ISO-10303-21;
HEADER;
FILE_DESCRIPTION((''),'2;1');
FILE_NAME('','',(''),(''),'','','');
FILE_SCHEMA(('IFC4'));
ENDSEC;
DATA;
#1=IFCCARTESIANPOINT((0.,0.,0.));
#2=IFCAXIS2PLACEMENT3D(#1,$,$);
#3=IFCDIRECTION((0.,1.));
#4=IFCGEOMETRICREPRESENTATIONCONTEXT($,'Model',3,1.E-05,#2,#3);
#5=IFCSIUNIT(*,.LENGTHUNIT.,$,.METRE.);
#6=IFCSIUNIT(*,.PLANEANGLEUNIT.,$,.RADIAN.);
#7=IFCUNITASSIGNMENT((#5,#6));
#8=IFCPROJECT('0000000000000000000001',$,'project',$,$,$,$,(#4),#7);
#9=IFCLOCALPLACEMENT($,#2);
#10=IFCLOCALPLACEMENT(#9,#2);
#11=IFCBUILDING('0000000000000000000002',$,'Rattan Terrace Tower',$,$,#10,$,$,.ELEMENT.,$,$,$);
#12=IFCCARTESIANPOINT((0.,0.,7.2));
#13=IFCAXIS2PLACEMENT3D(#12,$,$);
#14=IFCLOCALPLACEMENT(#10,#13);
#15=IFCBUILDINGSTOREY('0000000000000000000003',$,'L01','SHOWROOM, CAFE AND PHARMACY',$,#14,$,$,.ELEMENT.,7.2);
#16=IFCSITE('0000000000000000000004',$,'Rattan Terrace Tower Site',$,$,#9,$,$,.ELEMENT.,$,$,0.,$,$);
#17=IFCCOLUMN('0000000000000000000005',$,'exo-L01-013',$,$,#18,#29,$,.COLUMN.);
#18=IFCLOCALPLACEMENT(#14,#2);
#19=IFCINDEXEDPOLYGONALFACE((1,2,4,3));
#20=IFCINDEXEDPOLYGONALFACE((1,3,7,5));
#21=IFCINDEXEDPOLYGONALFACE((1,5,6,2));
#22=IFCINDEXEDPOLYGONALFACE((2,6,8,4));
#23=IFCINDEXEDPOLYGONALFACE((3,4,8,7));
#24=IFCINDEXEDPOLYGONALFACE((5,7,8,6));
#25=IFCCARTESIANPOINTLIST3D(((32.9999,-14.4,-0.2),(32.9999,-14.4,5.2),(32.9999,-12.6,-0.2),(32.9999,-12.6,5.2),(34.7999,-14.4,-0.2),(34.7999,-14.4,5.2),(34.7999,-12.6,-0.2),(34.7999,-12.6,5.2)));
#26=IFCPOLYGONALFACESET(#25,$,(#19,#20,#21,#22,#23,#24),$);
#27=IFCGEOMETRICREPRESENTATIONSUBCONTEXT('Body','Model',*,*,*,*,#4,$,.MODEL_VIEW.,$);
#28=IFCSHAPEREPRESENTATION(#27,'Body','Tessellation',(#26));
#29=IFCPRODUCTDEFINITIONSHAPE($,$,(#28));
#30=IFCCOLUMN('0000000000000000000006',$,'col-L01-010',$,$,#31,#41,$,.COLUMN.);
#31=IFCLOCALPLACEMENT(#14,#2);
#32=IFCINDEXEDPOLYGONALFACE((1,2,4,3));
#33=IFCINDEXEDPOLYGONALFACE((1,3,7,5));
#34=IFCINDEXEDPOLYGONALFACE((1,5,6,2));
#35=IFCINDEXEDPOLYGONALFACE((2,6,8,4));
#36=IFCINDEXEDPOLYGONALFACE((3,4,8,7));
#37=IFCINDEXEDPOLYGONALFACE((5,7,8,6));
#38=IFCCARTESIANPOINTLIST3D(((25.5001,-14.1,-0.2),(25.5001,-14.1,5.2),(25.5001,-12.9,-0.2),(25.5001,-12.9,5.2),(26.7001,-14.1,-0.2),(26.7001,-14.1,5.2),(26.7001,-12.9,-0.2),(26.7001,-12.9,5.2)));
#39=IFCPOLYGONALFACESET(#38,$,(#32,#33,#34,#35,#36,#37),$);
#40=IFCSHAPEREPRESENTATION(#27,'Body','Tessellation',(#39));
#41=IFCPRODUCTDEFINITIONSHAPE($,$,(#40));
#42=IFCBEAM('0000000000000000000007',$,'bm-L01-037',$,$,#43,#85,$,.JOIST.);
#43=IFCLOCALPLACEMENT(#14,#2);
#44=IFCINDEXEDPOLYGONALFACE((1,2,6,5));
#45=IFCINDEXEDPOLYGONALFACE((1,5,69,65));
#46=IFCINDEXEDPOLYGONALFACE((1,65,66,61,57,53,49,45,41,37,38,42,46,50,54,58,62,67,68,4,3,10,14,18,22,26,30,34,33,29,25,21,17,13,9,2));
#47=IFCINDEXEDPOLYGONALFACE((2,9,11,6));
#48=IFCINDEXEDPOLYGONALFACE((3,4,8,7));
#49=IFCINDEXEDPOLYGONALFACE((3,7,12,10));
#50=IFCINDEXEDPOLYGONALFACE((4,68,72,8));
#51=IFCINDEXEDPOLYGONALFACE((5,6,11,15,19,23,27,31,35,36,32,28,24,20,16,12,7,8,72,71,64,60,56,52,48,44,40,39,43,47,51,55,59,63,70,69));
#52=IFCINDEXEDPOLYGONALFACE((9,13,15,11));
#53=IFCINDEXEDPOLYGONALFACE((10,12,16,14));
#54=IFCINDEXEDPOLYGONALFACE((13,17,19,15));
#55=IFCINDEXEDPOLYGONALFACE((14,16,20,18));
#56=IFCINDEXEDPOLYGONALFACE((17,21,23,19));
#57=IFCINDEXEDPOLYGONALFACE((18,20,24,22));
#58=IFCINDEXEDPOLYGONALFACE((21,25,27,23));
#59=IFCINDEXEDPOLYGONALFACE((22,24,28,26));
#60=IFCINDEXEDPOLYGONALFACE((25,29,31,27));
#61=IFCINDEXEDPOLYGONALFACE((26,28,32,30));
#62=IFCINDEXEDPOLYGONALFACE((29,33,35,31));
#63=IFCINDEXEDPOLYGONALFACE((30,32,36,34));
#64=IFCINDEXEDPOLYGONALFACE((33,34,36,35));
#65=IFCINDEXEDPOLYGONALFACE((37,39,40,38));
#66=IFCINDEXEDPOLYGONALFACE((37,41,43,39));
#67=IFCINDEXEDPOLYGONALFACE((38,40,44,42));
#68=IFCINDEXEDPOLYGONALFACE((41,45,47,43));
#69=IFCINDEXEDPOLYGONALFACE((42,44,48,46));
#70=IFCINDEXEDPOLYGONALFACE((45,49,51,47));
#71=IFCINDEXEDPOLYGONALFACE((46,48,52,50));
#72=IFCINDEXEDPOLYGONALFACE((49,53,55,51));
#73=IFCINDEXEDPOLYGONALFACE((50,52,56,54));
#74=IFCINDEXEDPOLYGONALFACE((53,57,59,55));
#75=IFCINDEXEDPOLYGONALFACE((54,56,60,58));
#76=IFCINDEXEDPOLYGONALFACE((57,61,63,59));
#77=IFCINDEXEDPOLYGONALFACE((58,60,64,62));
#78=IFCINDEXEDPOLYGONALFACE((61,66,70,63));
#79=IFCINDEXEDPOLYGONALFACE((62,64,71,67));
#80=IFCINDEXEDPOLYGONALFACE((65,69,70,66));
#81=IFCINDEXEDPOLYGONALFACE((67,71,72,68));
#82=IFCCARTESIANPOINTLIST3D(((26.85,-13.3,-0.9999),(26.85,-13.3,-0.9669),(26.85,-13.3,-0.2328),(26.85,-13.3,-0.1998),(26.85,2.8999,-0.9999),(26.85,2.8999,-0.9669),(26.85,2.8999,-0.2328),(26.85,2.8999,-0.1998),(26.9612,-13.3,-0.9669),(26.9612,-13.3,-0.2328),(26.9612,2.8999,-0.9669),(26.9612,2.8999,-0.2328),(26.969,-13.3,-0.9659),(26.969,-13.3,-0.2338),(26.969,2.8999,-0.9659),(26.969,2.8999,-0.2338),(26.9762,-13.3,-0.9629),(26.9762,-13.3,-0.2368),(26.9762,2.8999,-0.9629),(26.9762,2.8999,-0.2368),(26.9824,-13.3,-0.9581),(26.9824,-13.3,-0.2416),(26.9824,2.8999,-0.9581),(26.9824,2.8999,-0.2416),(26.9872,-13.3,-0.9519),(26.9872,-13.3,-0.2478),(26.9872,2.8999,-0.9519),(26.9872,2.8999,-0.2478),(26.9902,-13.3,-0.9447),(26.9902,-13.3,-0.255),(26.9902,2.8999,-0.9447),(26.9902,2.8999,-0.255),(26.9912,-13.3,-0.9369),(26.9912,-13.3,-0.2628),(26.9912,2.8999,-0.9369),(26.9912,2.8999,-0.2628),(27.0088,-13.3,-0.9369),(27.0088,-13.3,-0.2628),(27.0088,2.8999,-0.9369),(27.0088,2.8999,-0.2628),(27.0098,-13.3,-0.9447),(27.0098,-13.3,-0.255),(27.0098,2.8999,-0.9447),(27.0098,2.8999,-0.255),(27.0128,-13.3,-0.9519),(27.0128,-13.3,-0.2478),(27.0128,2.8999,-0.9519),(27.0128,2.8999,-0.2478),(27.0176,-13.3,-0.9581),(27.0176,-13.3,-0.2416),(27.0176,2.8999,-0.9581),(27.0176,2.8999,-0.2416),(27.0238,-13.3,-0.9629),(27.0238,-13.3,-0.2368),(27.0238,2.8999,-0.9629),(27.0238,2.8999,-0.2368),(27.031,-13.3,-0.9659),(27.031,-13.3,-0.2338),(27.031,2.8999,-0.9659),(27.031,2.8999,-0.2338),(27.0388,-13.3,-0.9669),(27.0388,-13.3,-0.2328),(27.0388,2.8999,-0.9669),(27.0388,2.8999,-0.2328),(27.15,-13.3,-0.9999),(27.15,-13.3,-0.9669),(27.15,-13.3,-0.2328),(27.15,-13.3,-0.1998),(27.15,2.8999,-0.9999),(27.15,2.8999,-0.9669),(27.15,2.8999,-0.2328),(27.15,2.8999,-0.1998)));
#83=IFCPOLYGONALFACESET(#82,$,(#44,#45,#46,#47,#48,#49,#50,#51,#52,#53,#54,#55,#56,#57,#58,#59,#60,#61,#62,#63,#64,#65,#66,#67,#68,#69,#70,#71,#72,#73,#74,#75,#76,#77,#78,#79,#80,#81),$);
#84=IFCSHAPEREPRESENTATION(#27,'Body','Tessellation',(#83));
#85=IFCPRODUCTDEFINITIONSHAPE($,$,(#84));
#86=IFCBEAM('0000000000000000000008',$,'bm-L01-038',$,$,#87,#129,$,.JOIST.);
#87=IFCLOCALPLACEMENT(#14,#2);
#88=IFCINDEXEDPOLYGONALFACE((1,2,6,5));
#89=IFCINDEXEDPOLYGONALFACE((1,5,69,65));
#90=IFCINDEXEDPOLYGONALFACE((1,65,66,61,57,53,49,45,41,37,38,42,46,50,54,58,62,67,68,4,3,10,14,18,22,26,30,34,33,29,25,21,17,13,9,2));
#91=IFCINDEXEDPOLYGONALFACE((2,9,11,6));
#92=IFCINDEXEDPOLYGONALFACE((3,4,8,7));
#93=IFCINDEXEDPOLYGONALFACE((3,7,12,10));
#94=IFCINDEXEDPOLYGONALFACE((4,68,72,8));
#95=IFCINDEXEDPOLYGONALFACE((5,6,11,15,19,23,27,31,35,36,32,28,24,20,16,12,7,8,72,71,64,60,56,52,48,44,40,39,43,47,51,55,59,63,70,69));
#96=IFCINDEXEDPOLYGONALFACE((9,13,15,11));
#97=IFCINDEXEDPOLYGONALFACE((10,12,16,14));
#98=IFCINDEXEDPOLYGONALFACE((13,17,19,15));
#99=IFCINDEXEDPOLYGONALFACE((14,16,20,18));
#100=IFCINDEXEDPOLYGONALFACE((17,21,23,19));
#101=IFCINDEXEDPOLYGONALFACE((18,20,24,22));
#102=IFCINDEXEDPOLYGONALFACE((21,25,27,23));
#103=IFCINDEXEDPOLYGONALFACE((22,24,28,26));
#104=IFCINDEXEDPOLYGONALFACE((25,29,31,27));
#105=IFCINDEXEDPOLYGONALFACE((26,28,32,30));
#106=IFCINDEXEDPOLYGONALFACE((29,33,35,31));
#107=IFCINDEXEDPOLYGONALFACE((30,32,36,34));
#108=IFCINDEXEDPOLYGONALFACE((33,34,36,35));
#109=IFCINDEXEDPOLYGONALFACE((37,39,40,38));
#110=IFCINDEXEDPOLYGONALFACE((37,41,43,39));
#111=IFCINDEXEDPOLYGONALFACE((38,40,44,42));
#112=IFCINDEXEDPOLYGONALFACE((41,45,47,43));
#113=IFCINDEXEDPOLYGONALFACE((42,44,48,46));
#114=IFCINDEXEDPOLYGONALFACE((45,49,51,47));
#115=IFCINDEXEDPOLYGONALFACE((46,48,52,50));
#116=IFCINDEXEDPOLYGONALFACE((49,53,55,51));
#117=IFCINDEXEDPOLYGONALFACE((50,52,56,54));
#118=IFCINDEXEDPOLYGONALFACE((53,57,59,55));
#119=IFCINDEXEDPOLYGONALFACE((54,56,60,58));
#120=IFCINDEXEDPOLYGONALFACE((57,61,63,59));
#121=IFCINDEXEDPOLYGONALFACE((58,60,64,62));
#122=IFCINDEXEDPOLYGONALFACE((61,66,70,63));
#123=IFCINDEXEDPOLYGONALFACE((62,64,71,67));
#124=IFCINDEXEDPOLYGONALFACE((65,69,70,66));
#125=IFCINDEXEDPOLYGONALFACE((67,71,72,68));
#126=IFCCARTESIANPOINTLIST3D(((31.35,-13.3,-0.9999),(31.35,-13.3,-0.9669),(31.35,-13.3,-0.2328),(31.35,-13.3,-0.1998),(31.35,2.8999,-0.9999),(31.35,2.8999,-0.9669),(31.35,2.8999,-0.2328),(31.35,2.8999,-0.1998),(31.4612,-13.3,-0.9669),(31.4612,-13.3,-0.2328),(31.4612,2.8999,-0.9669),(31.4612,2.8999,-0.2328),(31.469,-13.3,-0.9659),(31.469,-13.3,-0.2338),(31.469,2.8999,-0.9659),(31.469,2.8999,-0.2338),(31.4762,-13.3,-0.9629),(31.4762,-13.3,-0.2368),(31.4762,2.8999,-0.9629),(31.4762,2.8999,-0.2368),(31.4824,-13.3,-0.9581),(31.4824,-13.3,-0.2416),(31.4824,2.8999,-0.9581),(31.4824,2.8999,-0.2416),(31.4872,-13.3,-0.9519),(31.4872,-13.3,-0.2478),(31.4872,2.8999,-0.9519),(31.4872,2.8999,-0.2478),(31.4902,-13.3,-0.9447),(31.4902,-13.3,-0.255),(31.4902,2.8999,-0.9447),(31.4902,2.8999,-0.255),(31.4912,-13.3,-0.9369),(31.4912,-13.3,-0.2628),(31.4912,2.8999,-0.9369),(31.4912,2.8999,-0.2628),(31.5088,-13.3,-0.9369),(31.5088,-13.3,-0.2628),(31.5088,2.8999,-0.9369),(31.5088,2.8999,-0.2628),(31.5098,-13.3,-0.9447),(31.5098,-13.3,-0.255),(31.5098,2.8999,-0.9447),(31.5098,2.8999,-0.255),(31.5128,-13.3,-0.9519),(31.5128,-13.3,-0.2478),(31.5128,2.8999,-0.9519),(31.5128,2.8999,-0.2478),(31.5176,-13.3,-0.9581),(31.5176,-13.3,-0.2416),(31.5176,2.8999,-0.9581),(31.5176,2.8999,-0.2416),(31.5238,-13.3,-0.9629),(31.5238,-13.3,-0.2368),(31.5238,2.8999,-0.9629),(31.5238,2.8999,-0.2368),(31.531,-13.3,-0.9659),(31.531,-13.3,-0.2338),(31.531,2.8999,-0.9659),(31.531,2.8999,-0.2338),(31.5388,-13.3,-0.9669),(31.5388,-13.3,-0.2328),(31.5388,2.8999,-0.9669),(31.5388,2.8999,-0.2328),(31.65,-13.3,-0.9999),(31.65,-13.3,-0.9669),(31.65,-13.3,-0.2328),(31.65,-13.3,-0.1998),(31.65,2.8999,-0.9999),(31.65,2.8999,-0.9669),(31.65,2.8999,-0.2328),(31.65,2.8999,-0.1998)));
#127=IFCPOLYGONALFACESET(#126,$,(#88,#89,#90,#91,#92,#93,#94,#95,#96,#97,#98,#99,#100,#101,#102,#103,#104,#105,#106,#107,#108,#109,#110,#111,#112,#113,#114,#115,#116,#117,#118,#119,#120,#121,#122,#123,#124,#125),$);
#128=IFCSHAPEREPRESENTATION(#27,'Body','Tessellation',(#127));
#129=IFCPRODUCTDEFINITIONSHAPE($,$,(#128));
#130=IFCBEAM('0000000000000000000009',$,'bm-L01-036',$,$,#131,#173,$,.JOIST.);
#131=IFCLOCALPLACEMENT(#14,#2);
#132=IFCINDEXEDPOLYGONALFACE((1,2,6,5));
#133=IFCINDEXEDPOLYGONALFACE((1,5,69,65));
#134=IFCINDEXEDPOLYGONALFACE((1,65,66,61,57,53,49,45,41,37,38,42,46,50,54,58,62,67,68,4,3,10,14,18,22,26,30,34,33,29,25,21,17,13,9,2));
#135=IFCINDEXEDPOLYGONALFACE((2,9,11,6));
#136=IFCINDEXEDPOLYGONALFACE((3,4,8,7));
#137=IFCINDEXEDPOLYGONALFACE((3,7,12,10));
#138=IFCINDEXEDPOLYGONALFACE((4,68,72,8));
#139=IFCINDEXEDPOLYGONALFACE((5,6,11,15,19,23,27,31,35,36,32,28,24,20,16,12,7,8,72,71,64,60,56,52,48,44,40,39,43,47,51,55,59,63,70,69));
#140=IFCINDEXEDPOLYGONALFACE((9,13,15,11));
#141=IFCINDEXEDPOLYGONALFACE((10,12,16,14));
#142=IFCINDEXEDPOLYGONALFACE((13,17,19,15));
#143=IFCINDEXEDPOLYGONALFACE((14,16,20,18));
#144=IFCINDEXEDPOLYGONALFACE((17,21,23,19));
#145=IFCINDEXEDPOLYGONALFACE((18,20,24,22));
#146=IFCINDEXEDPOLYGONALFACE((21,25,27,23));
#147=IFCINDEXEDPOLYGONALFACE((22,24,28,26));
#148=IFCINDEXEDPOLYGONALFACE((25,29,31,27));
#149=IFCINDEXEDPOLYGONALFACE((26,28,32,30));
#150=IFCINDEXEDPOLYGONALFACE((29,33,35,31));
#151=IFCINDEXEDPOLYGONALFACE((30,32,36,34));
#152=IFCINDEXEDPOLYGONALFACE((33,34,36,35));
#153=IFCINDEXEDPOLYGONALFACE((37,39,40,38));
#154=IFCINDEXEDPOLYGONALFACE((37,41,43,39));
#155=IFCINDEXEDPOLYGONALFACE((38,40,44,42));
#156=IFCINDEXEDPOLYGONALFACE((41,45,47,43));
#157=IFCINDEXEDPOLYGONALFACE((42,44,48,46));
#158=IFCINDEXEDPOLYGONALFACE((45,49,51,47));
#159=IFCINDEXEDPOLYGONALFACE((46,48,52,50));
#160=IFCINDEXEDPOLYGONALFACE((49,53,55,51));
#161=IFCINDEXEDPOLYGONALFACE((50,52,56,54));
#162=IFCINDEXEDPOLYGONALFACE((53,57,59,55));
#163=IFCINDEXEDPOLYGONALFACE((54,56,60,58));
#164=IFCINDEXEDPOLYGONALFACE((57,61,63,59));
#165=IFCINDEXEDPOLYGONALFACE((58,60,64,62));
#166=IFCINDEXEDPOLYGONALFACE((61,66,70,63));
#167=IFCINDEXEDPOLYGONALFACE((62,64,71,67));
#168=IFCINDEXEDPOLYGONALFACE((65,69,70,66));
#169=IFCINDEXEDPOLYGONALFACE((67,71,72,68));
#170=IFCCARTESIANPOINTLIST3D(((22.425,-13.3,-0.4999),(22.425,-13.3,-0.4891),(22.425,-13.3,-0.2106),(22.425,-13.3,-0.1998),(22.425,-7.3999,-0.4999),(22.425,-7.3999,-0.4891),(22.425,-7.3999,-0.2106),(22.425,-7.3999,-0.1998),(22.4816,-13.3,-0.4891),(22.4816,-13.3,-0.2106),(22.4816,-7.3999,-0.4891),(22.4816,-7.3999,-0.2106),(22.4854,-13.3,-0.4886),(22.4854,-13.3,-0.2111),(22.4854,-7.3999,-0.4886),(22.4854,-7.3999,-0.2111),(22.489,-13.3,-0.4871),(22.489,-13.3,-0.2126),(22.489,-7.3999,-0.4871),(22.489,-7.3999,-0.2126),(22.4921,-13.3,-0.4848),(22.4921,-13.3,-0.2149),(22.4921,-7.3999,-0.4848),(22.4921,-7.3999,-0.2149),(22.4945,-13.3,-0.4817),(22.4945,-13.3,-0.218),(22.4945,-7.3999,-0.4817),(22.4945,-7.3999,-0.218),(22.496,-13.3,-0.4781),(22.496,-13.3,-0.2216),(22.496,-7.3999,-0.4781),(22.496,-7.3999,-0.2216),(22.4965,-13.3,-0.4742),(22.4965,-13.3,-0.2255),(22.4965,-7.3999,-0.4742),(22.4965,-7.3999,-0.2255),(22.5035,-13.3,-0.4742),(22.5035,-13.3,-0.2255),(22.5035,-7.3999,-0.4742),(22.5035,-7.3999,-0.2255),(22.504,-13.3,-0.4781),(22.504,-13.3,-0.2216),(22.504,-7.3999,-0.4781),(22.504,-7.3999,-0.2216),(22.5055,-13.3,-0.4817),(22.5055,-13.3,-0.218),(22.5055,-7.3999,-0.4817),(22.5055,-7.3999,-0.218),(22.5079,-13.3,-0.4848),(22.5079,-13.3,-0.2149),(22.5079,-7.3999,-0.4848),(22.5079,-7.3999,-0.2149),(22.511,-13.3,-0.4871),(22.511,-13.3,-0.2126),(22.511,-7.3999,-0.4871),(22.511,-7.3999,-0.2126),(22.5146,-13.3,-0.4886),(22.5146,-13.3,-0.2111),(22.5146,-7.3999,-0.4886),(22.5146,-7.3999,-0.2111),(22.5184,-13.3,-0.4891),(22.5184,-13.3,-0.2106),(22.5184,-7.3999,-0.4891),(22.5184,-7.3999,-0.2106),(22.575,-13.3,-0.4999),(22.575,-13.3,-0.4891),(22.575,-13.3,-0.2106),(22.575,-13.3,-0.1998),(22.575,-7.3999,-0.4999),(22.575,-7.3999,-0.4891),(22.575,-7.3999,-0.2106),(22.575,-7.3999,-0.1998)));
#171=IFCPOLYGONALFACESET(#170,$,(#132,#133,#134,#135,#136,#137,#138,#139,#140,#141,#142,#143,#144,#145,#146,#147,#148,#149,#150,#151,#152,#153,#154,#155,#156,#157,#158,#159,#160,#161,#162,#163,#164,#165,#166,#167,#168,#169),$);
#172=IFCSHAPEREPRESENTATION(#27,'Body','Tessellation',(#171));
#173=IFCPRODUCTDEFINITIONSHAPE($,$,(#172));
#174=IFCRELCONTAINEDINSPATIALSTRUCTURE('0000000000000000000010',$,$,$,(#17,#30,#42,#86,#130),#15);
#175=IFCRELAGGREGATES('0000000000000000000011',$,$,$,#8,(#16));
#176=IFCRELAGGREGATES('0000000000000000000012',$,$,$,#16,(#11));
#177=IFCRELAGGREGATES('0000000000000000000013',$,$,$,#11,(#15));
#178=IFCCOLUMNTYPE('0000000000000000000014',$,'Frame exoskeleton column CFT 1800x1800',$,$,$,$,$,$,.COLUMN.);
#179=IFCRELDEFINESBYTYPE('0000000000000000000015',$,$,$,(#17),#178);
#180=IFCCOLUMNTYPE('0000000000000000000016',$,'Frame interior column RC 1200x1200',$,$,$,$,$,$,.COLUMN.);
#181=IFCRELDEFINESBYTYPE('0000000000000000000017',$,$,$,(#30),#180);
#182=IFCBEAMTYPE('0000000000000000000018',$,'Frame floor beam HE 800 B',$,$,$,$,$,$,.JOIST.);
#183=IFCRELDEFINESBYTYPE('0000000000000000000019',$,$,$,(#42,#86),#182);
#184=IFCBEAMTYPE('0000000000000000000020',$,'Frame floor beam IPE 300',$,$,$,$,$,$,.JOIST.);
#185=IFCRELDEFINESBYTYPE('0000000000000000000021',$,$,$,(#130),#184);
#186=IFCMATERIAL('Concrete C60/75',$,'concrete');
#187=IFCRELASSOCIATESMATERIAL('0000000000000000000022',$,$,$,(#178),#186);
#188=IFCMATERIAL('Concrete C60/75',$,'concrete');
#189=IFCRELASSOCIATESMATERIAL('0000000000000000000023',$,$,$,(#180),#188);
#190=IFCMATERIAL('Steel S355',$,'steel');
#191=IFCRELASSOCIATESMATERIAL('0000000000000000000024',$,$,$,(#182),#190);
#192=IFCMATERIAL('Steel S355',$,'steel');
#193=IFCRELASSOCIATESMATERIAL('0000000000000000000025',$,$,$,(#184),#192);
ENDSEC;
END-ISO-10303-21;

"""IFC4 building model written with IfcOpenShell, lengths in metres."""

from ifc_helpers import new_model, si_unit, direction, frame, origin, origin_2d, place, context, subcontext, project, spatial, rectangle, i_section, extrude, material, material_profile, profile_set, type_object, element, save


model = new_model("IFC4")

# Units and contexts
model_context = context("Model", 3, precision=1e-05, world=origin(), true_north=direction((0.0, 1.0)))
body_context = subcontext(model_context, "Body", "Model", "MODEL_VIEW")
ifc_project = project(units=[si_unit("LENGTHUNIT", "METRE"), si_unit("PLANEANGLEUNIT", "RADIAN")], contexts=[model_context])

# Site, building, storey
site_placement = place(None, origin())
site = spatial("IfcSite", under=ifc_project, at=site_placement, Name="Rattan Terrace Tower Site", CompositionType="ELEMENT", RefElevation=0.0)
building_placement = place(site_placement, origin())
building = spatial("IfcBuilding", under=site, at=building_placement, Name="Rattan Terrace Tower", CompositionType="ELEMENT")
storey_placement = place(building_placement, frame((0.0, 0.0, 7.2)))
storey = spatial("IfcBuildingStorey", under=building, at=storey_placement, Name="L01", Description="SHOWROOM, CAFE AND PHARMACY", CompositionType="ELEMENT", Elevation=7.2)

# Columns
ifc_material_1 = material(Name="Concrete C60/75", Category="concrete")
ifc_material_profile_1 = material_profile(ifc_material_1, rectangle(XDim=1.8, YDim=1.8, at=origin_2d()), Name="CFT 1800x1800")
ifc_profile_set_1 = profile_set([ifc_material_profile_1], Name="Concrete C60/75")
column_type_1 = type_object("IfcColumnType", Name="Frame exoskeleton column CFT 1800x1800", PredefinedType="COLUMN", material=ifc_profile_set_1)
column_1_placement = place(storey_placement, frame((33.8999, -13.5, -0.2), z_axis=(0.0, 0.0, 1.0), x_axis=(0.0, 1.0, 0.0)))
element("IfcColumn", 1, at=column_1_placement, inside=storey, type_object=column_type_1, Name="exo-L01-013", PredefinedType="COLUMN", context=body_context, shape_type="SweptSolid", body=[
    extrude(rectangle(XDim=1.8, YDim=1.8, at=origin_2d()), origin(), (0.0, 0.0, 1.0), 5.3999),
])
ifc_material_2 = material(Name="Concrete C60/75", Category="concrete")
ifc_material_profile_2 = material_profile(ifc_material_2, rectangle(XDim=1.2, YDim=1.2, at=origin_2d()), Name="RC 1200x1200")
ifc_profile_set_2 = profile_set([ifc_material_profile_2], Name="Concrete C60/75")
column_type_2 = type_object("IfcColumnType", Name="Frame interior column RC 1200x1200", PredefinedType="COLUMN", material=ifc_profile_set_2)
column_2_placement = place(storey_placement, frame((26.1001, -13.5, -0.2), z_axis=(0.0, 0.0, 1.0), x_axis=(1.0, 0.0, 0.0)))
element("IfcColumn", 2, at=column_2_placement, inside=storey, type_object=column_type_2, Name="col-L01-010", PredefinedType="COLUMN", context=body_context, shape_type="SweptSolid", body=[
    extrude(rectangle(XDim=1.2, YDim=1.2, at=origin_2d()), origin(), (0.0, 0.0, 1.0), 5.3999),
])

# Beams
ifc_material_3 = material(Name="Steel S355", Category="steel")
ifc_material_profile_3 = material_profile(ifc_material_3, i_section(OverallWidth=0.3, OverallDepth=0.8, WebThickness=0.0176, FlangeThickness=0.033, FilletRadius=0.03, at=origin_2d()), Name="HE 800 B")
ifc_profile_set_3 = profile_set([ifc_material_profile_3], Name="Steel S355")
beam_type_1 = type_object("IfcBeamType", Name="Frame floor beam HE 800 B", PredefinedType="JOIST", material=ifc_profile_set_3)
for number, where, z_axis, x_axis, name in (
    (3, (27.0, -13.3, -0.5999), (0.0, 1.0, 0.0), (-1.0, 0.0, 0.0), "bm-L01-037"),
    (4, (31.5, -13.3, -0.5999), (0.0, 1.0, 0.0), (-1.0, 0.0, 0.0), "bm-L01-038"),
):
    element("IfcBeam", number, at=place(storey_placement, frame(where, z_axis=z_axis, x_axis=x_axis)), inside=storey, type_object=beam_type_1, Name=name, PredefinedType="JOIST", context=body_context, shape_type="SweptSolid", body=[
        extrude(i_section(OverallWidth=0.3, OverallDepth=0.8, WebThickness=0.0176, FlangeThickness=0.033, FilletRadius=0.03, at=origin_2d()), origin(), (0.0, 0.0, 1.0), 16.2),
    ])
ifc_material_4 = material(Name="Steel S355", Category="steel")
ifc_material_profile_4 = material_profile(ifc_material_4, i_section(OverallWidth=0.1499, OverallDepth=0.3, WebThickness=0.0071, FlangeThickness=0.0107, FilletRadius=0.0149, at=origin_2d()), Name="IPE 300")
ifc_profile_set_4 = profile_set([ifc_material_profile_4], Name="Steel S355")
beam_type_2 = type_object("IfcBeamType", Name="Frame floor beam IPE 300", PredefinedType="JOIST", material=ifc_profile_set_4)
beam_1_placement = place(storey_placement, frame((22.5, -13.3, -0.3499), z_axis=(0.0, 1.0, 0.0), x_axis=(-1.0, 0.0, 0.0)))
element("IfcBeam", 5, at=beam_1_placement, inside=storey, type_object=beam_type_2, Name="bm-L01-036", PredefinedType="JOIST", context=body_context, shape_type="SweptSolid", body=[
    extrude(i_section(OverallWidth=0.1499, OverallDepth=0.3, WebThickness=0.0071, FlangeThickness=0.0107, FilletRadius=0.0149, at=origin_2d()), origin(), (0.0, 0.0, 1.0), 5.9001),
])

save(model, "model.ifc")
